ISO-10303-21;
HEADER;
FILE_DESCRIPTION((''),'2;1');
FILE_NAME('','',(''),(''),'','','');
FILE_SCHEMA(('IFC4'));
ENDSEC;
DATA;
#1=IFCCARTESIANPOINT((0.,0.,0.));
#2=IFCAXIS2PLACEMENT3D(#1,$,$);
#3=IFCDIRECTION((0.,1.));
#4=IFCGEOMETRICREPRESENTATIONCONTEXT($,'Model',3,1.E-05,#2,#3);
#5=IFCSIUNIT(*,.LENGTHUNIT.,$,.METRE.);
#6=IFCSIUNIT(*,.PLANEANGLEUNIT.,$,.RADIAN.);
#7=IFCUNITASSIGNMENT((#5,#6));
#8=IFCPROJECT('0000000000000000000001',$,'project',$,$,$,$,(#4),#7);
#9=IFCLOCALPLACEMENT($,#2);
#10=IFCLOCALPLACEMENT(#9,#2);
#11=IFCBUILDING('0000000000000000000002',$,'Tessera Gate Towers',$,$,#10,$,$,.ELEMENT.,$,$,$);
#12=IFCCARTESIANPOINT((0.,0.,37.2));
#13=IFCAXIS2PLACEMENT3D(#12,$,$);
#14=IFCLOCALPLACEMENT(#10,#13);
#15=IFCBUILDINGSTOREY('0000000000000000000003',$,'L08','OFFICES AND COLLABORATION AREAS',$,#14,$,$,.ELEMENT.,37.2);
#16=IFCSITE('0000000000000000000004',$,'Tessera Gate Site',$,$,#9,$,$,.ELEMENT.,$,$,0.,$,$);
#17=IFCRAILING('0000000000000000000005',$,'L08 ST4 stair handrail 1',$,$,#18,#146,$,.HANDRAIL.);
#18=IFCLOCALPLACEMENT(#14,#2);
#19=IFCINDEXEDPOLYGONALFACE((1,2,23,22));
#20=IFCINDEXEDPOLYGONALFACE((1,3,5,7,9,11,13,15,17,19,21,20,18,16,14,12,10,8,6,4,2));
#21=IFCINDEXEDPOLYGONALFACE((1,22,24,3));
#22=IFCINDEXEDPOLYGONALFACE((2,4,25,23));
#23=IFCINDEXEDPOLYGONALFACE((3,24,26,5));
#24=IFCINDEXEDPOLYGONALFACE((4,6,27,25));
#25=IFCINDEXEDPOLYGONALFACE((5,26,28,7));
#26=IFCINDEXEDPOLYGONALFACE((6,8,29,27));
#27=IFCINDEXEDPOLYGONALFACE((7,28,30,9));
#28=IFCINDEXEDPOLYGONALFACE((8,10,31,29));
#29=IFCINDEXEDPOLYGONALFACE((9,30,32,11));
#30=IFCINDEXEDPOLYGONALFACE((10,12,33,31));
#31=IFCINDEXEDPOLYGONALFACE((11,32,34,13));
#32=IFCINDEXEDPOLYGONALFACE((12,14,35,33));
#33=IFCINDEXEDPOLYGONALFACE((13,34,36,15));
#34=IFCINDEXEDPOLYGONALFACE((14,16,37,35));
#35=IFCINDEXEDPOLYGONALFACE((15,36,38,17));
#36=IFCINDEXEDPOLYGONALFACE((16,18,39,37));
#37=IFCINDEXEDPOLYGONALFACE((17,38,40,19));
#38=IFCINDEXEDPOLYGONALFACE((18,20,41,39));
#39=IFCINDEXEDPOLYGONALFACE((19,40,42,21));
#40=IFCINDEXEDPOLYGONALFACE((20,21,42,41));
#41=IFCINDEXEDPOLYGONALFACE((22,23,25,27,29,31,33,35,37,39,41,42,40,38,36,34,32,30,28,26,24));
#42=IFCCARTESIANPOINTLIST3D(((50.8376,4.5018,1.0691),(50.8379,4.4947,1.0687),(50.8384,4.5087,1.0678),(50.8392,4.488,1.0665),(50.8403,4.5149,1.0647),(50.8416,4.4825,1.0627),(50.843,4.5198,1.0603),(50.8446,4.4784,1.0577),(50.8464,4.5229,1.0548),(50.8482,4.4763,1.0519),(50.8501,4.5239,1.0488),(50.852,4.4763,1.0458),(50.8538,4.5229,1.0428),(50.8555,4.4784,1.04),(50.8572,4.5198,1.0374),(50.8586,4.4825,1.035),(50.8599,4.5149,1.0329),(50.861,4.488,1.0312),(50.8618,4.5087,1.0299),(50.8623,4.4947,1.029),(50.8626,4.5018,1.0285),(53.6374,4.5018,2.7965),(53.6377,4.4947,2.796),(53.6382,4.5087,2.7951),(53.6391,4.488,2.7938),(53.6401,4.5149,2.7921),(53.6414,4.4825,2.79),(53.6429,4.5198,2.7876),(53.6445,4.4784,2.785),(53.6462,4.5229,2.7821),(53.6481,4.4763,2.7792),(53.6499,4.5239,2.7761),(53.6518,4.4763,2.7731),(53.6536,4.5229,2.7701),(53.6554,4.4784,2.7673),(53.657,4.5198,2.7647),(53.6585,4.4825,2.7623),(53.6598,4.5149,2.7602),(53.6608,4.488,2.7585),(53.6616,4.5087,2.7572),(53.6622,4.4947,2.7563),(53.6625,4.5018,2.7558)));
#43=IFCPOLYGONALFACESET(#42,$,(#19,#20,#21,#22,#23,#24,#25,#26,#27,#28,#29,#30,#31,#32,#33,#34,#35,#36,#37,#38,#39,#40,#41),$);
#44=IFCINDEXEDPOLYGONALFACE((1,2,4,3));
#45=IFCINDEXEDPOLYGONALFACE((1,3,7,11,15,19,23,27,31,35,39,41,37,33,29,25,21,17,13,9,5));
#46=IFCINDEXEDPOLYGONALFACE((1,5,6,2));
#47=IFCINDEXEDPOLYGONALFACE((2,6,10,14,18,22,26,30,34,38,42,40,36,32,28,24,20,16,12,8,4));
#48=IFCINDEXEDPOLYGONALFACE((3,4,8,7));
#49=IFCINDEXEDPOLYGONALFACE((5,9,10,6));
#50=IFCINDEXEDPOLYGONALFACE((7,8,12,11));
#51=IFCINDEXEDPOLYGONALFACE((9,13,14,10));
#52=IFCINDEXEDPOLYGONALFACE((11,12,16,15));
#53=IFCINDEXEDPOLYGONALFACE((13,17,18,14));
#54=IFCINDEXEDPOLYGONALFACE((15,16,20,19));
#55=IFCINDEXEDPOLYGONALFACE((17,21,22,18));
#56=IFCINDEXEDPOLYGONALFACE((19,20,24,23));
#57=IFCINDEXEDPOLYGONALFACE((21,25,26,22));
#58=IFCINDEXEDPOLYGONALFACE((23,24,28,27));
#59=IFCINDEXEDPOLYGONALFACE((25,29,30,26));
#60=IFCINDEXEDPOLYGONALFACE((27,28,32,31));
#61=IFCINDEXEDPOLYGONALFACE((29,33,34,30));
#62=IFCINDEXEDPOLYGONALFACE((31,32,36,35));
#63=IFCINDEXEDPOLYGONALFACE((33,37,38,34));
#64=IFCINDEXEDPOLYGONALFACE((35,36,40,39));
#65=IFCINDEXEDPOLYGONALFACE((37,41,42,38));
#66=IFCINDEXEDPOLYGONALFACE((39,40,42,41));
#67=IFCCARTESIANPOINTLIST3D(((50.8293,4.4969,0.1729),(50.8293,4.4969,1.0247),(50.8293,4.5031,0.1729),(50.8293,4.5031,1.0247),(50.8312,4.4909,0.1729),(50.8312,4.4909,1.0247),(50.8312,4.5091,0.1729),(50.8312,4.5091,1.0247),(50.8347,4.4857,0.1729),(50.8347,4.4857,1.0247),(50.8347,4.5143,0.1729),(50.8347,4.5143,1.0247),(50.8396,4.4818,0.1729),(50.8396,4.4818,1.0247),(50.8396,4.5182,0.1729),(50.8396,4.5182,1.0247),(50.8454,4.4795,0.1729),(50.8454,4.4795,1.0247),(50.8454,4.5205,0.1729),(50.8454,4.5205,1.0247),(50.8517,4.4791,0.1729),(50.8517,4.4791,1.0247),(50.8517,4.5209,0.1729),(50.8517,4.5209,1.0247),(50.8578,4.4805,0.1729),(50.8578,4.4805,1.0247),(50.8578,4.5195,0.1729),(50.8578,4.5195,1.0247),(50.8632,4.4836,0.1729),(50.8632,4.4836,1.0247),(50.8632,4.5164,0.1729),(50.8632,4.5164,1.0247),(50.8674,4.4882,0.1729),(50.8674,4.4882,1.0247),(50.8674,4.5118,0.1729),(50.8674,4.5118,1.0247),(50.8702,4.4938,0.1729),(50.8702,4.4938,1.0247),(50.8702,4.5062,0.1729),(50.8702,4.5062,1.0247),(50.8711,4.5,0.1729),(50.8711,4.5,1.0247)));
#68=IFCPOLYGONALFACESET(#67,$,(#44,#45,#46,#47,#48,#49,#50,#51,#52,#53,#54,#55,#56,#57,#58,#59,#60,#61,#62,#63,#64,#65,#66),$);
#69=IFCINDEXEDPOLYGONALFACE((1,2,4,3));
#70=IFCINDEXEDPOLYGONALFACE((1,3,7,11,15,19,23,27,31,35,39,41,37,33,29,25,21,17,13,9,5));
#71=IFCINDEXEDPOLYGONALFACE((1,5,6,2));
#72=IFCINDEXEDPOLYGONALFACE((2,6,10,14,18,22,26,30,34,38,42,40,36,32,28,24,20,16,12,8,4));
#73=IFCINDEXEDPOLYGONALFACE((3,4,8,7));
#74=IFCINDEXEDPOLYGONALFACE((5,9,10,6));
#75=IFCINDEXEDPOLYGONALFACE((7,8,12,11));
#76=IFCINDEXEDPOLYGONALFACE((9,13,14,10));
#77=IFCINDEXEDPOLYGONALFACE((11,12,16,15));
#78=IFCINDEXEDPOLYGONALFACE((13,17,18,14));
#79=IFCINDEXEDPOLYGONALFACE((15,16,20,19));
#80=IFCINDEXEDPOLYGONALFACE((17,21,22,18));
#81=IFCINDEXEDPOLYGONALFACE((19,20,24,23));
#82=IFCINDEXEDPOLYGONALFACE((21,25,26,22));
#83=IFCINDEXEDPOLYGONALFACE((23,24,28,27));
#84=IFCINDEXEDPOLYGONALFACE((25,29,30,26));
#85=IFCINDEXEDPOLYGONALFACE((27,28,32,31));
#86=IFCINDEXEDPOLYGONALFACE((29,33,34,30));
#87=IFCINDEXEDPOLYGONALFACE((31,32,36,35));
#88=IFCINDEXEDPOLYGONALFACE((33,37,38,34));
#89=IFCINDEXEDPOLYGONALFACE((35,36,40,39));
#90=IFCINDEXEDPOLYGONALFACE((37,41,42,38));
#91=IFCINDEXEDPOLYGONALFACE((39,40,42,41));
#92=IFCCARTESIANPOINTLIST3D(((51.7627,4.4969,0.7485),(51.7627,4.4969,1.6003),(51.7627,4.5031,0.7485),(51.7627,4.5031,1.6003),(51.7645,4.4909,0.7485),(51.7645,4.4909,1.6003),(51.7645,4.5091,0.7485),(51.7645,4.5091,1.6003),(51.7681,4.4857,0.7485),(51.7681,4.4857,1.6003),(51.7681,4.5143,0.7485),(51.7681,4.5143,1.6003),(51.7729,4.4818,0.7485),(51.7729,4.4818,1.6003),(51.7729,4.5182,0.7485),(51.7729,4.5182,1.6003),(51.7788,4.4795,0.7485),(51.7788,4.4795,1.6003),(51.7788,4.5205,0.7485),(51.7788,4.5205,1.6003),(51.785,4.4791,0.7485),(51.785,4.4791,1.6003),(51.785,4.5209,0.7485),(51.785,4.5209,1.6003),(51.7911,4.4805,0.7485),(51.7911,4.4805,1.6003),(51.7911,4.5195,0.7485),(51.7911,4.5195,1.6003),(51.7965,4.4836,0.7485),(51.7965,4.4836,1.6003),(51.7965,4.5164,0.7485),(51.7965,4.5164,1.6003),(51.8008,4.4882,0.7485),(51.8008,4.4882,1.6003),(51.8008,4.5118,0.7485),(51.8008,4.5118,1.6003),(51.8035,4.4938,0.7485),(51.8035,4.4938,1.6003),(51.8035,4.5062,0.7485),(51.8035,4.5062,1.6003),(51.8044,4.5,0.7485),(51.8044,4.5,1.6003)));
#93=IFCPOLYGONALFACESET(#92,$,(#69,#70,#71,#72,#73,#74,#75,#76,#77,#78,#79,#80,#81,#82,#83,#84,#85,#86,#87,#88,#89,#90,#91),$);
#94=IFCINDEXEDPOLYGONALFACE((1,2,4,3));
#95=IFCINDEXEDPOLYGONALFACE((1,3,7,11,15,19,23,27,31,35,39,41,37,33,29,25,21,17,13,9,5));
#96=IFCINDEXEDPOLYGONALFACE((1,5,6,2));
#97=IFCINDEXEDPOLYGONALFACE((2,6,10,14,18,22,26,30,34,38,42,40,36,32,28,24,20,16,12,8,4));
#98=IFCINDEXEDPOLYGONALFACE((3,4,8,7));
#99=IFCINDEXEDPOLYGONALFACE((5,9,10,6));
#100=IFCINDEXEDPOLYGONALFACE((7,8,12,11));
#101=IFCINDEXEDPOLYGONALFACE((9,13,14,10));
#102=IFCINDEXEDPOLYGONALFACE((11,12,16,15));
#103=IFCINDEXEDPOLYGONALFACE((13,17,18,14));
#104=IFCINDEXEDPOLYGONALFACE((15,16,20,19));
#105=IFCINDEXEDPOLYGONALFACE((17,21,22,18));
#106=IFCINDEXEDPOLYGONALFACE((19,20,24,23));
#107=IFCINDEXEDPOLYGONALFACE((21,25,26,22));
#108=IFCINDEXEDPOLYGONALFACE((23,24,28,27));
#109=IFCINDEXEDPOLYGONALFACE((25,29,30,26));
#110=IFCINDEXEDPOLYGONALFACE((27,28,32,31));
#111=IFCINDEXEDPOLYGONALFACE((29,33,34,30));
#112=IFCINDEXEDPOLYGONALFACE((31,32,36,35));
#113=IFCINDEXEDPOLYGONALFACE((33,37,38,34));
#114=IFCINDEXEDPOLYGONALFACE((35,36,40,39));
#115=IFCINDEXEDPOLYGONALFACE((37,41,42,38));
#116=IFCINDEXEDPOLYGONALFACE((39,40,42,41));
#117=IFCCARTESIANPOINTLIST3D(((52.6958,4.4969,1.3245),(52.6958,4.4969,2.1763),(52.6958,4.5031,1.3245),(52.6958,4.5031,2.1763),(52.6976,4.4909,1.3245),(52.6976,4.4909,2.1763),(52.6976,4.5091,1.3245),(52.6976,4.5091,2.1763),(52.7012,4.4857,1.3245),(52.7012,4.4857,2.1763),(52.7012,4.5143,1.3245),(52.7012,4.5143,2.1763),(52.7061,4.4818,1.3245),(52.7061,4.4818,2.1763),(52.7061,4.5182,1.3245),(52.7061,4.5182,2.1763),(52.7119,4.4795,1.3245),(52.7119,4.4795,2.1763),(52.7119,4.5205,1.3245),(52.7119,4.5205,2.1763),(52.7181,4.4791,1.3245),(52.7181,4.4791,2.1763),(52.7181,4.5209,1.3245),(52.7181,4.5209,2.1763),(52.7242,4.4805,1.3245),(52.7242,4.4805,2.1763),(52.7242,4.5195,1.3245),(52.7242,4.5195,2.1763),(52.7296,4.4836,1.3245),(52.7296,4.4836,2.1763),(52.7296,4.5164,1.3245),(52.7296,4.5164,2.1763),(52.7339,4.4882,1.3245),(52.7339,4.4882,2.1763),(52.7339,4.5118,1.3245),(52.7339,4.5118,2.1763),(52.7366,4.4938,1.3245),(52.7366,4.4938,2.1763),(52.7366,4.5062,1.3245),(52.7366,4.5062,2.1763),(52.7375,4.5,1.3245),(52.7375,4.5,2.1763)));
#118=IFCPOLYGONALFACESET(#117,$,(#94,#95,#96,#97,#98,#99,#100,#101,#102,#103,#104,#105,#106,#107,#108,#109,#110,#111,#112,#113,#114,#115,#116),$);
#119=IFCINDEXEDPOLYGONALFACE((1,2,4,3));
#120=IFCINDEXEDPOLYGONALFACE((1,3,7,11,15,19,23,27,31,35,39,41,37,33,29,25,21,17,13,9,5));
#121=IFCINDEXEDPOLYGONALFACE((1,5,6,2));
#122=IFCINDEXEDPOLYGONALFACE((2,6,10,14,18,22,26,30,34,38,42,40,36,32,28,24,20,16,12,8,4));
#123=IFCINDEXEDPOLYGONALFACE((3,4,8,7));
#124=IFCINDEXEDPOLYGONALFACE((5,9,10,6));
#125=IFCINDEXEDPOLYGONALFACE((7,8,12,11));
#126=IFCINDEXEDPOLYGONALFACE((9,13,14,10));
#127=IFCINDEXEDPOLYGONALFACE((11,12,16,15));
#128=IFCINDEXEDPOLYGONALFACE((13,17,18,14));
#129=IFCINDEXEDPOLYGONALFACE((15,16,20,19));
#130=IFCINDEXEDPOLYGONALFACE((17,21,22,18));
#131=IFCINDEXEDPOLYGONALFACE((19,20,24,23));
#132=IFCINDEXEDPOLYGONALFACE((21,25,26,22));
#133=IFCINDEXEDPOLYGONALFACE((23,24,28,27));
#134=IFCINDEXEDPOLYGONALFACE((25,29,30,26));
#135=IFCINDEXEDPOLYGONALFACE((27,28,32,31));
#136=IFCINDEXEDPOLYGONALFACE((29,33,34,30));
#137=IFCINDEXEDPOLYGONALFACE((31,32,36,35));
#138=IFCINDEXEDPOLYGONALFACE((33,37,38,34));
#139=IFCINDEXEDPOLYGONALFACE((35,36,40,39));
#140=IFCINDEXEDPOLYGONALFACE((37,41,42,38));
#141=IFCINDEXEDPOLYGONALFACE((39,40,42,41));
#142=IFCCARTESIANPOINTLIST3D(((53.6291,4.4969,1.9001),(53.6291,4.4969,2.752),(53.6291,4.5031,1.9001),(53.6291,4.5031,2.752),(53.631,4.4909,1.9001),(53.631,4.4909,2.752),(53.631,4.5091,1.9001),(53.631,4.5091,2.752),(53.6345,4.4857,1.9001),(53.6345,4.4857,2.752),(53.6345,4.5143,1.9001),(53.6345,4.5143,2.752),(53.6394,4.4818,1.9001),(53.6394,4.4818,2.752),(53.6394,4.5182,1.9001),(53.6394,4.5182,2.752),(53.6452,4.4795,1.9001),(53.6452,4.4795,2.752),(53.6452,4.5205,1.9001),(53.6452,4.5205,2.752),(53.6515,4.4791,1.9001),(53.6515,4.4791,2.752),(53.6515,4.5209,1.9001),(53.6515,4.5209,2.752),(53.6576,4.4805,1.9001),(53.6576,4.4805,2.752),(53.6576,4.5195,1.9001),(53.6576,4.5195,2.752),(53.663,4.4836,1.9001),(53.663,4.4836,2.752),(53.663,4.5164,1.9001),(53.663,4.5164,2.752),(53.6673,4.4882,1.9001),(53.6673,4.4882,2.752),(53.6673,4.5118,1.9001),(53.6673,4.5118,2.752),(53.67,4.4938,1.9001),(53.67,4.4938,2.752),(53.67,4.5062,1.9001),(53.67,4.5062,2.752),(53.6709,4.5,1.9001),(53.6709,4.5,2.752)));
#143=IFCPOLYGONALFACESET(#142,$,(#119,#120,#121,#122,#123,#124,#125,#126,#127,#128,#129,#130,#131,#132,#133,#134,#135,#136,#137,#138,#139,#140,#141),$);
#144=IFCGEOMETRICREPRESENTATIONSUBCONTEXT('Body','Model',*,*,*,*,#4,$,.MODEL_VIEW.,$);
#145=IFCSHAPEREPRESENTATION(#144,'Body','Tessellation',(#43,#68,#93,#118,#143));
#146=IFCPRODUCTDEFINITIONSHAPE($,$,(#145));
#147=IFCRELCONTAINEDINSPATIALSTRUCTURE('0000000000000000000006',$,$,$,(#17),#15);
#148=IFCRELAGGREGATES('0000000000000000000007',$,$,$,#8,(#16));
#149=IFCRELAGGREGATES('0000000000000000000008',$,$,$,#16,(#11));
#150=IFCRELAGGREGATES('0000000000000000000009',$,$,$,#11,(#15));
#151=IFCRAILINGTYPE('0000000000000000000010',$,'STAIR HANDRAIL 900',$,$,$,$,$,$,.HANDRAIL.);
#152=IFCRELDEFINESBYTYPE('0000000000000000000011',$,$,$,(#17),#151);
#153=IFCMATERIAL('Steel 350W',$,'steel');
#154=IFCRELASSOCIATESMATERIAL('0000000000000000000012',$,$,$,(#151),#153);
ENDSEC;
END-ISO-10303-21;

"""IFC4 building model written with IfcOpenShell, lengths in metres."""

from ifc_helpers import new_model, si_unit, direction, frame, origin, origin_2d, place, context, subcontext, project, spatial, circle, extrude, material, type_object, element, save


model = new_model("IFC4")

# Units and contexts
model_context = context("Model", 3, precision=1e-05, world=origin(), true_north=direction((0.0, 1.0)))
body_context = subcontext(model_context, "Body", "Model", "MODEL_VIEW")
ifc_project = project(units=[si_unit("LENGTHUNIT", "METRE"), si_unit("PLANEANGLEUNIT", "RADIAN")], contexts=[model_context])

# Site, building, storey
site_placement = place(None, origin())
site = spatial("IfcSite", under=ifc_project, at=site_placement, Name="Tessera Gate Site", CompositionType="ELEMENT", RefElevation=0.0)
building_placement = place(site_placement, origin())
building = spatial("IfcBuilding", under=site, at=building_placement, Name="Tessera Gate Towers", CompositionType="ELEMENT")
storey_placement = place(building_placement, frame((0.0, 0.0, 37.2)))
storey = spatial("IfcBuildingStorey", under=building, at=storey_placement, Name="L08", Description="OFFICES AND COLLABORATION AREAS", CompositionType="ELEMENT", Elevation=37.2)

# Railing
ifc_material_1 = material(Name="Steel 350W", Category="steel")
railing_type_1 = type_object("IfcRailingType", Name="STAIR HANDRAIL 900", PredefinedType="HANDRAIL", material=ifc_material_1)
railing_1_placement = place(storey_placement, frame((50.8501, 4.5, 0.1729)))
element("IfcRailing", 1, at=railing_1_placement, inside=storey, type_object=railing_type_1, Name="L08 ST4 stair handrail 1", PredefinedType="HANDRAIL", context=body_context, shape_type="SweptSolid", body=[
    extrude(circle(Radius=0.0239, at=origin_2d()), frame((0.0, 0.0, 0.876), z_axis=(0.851069, 0.0, 0.525054), x_axis=(0.0, 1.0, 0.0)), (0.0, 0.0, 1.0), 3.2898),
    extrude(circle(Radius=0.021, at=origin_2d()), origin(), (0.0, 0.0, 1.0), 0.8518),
    extrude(circle(Radius=0.021, at=origin_2d()), frame((0.9333, 0.0, 0.5757)), (0.0, 0.0, 1.0), 0.8518),
    extrude(circle(Radius=0.021, at=origin_2d()), frame((1.8665, 0.0, 1.1516)), (0.0, 0.0, 1.0), 0.8518),
    extrude(circle(Radius=0.021, at=origin_2d()), frame((2.7998, 0.0, 1.7273)), (0.0, 0.0, 1.0), 0.8518),
])

save(model, "model.ifc")
